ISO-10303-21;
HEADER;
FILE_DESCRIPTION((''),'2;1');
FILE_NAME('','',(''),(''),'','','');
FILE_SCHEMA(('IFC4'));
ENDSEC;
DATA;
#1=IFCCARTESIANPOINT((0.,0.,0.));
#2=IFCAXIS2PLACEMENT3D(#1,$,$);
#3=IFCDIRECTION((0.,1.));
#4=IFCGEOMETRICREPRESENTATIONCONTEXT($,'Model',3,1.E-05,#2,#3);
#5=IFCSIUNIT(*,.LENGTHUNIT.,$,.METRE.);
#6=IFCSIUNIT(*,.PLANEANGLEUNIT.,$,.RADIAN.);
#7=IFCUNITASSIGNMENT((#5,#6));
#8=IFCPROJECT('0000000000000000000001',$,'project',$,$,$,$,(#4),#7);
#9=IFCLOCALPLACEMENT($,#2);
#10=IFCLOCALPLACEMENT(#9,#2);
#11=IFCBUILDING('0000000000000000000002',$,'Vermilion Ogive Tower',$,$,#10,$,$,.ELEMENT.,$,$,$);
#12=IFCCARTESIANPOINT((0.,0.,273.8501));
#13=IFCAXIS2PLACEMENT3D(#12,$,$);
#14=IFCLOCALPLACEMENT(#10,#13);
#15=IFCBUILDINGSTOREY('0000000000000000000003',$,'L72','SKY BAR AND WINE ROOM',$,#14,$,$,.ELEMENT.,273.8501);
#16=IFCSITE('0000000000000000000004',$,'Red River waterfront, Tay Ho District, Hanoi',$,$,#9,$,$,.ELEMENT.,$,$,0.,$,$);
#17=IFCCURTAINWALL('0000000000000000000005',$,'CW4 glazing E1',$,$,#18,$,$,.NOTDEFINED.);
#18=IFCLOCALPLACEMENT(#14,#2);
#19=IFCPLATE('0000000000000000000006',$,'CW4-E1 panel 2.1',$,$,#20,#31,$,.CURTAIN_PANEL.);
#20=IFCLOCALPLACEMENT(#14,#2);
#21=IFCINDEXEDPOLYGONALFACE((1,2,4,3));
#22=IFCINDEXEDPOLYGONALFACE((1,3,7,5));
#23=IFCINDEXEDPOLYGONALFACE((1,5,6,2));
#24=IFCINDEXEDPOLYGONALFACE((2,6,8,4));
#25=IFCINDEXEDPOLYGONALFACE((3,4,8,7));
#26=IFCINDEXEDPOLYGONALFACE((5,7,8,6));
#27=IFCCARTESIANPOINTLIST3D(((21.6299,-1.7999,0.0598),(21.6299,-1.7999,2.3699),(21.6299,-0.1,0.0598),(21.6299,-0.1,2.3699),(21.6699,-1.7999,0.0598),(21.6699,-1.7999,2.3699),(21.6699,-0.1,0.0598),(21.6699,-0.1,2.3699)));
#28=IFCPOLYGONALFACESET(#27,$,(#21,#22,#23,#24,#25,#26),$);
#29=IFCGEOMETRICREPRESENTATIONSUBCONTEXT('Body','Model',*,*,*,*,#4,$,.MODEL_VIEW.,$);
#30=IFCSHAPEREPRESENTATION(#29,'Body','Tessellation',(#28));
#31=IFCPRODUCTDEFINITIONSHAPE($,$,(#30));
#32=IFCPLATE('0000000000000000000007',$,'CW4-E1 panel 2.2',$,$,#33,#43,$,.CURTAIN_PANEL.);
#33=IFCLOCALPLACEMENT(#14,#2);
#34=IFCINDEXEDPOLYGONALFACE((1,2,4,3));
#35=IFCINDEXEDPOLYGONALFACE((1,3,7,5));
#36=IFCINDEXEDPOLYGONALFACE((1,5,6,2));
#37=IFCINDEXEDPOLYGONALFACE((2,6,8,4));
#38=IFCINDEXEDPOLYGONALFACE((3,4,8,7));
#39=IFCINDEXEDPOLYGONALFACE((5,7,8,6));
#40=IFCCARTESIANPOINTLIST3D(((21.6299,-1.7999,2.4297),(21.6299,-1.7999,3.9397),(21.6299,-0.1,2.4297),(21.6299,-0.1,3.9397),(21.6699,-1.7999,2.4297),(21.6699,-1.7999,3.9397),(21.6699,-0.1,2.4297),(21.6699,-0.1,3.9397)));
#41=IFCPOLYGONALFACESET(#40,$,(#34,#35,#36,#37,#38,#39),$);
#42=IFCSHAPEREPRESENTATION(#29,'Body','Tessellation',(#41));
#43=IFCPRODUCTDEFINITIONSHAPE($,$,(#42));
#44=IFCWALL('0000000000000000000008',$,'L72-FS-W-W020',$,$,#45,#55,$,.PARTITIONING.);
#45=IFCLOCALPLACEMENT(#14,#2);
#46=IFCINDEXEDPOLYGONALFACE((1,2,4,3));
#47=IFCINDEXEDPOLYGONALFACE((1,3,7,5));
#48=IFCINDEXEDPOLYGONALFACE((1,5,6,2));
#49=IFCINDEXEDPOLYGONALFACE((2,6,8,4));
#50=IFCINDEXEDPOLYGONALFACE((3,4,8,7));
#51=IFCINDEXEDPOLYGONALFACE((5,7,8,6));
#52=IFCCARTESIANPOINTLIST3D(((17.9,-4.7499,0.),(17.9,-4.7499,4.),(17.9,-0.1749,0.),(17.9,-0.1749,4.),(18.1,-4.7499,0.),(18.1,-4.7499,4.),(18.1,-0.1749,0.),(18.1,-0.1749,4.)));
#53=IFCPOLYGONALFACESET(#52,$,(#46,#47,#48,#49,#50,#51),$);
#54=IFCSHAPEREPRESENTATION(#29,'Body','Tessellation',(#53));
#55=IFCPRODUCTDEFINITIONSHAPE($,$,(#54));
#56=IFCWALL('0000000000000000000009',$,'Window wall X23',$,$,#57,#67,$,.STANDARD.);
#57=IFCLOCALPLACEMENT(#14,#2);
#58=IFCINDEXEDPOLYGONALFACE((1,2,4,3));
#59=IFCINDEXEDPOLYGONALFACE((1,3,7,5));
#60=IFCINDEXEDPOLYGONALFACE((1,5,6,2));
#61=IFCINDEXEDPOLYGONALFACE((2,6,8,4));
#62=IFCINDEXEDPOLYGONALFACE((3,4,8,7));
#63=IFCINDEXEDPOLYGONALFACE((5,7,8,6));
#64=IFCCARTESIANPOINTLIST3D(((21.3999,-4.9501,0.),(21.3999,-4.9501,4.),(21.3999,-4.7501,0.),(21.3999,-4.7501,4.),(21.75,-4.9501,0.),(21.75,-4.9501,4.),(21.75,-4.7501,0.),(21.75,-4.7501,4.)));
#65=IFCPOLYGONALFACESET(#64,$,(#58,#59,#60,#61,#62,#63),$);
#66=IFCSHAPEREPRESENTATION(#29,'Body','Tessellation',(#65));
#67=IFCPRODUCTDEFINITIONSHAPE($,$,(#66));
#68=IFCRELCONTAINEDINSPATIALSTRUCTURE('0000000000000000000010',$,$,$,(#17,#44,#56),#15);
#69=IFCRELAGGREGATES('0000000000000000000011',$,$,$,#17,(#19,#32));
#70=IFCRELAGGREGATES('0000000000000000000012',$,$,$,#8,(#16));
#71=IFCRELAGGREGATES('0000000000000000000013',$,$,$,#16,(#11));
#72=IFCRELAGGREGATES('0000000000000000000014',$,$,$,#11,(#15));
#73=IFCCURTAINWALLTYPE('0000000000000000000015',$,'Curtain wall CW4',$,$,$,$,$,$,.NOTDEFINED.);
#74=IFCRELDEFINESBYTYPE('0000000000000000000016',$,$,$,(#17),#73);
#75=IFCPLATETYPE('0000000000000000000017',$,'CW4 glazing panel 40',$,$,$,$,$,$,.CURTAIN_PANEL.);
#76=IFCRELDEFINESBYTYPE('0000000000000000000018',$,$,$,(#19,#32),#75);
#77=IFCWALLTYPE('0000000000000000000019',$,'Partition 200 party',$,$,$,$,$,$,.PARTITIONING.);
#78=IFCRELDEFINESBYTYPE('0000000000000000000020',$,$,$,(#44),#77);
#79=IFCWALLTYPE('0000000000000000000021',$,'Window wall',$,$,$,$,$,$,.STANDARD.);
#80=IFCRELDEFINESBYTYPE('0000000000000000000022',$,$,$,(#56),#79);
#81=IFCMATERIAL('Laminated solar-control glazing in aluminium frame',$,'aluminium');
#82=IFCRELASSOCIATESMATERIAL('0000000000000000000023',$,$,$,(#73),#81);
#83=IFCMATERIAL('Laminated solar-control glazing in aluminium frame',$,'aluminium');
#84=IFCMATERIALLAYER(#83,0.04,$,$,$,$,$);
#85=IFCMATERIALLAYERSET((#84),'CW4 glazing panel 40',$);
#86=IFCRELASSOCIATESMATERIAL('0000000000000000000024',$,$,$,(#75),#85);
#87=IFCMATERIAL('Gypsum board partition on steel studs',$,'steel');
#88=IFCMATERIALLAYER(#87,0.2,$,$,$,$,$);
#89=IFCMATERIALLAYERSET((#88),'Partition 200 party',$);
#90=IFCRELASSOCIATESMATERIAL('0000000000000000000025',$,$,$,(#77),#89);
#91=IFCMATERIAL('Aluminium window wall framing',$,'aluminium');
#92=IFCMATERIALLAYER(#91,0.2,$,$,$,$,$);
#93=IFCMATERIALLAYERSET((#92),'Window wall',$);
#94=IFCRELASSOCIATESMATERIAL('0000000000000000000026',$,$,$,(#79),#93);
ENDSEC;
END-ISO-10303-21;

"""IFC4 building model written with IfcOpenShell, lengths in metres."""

from ifc_helpers import new_model, si_unit, direction, frame, frame_2d, origin, origin_2d, place, context, subcontext, project, spatial, rectangle, extrude, material, layer, layer_set, type_object, element, aggregate, save


model = new_model("IFC4")

# Units and contexts
model_context = context("Model", 3, precision=1e-05, world=origin(), true_north=direction((0.0, 1.0)))
body_context = subcontext(model_context, "Body", "Model", "MODEL_VIEW")
ifc_project = project(units=[si_unit("LENGTHUNIT", "METRE"), si_unit("PLANEANGLEUNIT", "RADIAN")], contexts=[model_context])

# Site, building, storey
site_placement = place(None, origin())
site = spatial("IfcSite", under=ifc_project, at=site_placement, Name="Red River waterfront, Tay Ho District, Hanoi", CompositionType="ELEMENT", RefElevation=0.0)
building_placement = place(site_placement, origin())
building = spatial("IfcBuilding", under=site, at=building_placement, Name="Vermilion Ogive Tower", CompositionType="ELEMENT")
storey_placement = place(building_placement, frame((0.0, 0.0, 273.8501)))
storey = spatial("IfcBuildingStorey", under=building, at=storey_placement, Name="L72", Description="SKY BAR AND WINE ROOM", CompositionType="ELEMENT", Elevation=273.8501)

# Shared definitions
ifc_material_1 = material(Name="Laminated solar-control glazing in aluminium frame", Category="aluminium")
curtain_wall_type = type_object("IfcCurtainWallType", Name="Curtain wall CW4", PredefinedType="NOTDEFINED", material=ifc_material_1)

# Curtain wall
curtain_wall_1_placement = place(storey_placement, origin())
curtain_wall_1 = element("IfcCurtainWall", 1, at=curtain_wall_1_placement, inside=storey, type_object=curtain_wall_type, Name="CW4 glazing E1", PredefinedType="NOTDEFINED")

# Plates
ifc_material_2 = material(Name="Laminated solar-control glazing in aluminium frame", Category="aluminium")
ifc_layer_1 = layer(ifc_material_2, 0.04)
ifc_layer_set_1 = layer_set([ifc_layer_1], Name="CW4 glazing panel 40")
plate_type = type_object("IfcPlateType", Name="CW4 glazing panel 40", PredefinedType="CURTAIN_PANEL", material=ifc_layer_set_1)
plate_1_placement = place(storey_placement, frame((21.6499, -0.95, 0.0598), z_axis=(0.0, 0.0, 1.0), x_axis=(0.0, 1.0, 0.0)))
plate_1 = element("IfcPlate", 2, at=plate_1_placement, type_object=plate_type, Name="CW4-E1 panel 2.1", PredefinedType="CURTAIN_PANEL", context=body_context, shape_type="SweptSolid", body=[
    extrude(rectangle(XDim=1.7, YDim=0.04, at=origin_2d()), origin(), (0.0, 0.0, 1.0), 2.3101),
])
plate_2_placement = place(storey_placement, frame((21.6499, -0.95, 2.4297), z_axis=(0.0, 0.0, 1.0), x_axis=(0.0, 1.0, 0.0)))
plate_2 = element("IfcPlate", 3, at=plate_2_placement, type_object=plate_type, Name="CW4-E1 panel 2.2", PredefinedType="CURTAIN_PANEL", context=body_context, shape_type="SweptSolid", body=[
    extrude(rectangle(XDim=1.7, YDim=0.04, at=origin_2d()), origin(), (0.0, 0.0, 1.0), 1.51),
])
aggregate(curtain_wall_1, [plate_1, plate_2])

# Walls
ifc_material_3 = material(Name="Gypsum board partition on steel studs", Category="steel")
ifc_layer_2 = layer(ifc_material_3, 0.2)
ifc_layer_set_2 = layer_set([ifc_layer_2], Name="Partition 200 party")
wall_type_1 = type_object("IfcWallType", Name="Partition 200 party", PredefinedType="PARTITIONING", material=ifc_layer_set_2)
wall_1_placement = place(storey_placement, frame((18.0, -4.75, 0.0), z_axis=(0.0, 0.0, 1.0), x_axis=(0.0, 1.0, 0.0)))
element("IfcWall", 4, at=wall_1_placement, inside=storey, type_object=wall_type_1, Name="L72-FS-W-W020", PredefinedType="PARTITIONING", context=body_context, shape_type="SweptSolid", body=[
    extrude(rectangle(XDim=4.575, YDim=0.2, at=frame_2d((2.2876, 0.0))), origin(), (0.0, 0.0, 1.0), 4.0),
])
ifc_material_4 = material(Name="Aluminium window wall framing", Category="aluminium")
ifc_layer_3 = layer(ifc_material_4, 0.2)
ifc_layer_set_3 = layer_set([ifc_layer_3], Name="Window wall")
wall_type_2 = type_object("IfcWallType", Name="Window wall", PredefinedType="STANDARD", material=ifc_layer_set_3)
wall_2_placement = place(storey_placement, frame((21.3999, -4.8501, 0.0), z_axis=(0.0, 0.0, 1.0), x_axis=(1.0, 0.0, 0.0)))
element("IfcWall", 5, at=wall_2_placement, inside=storey, type_object=wall_type_2, Name="Window wall X23", PredefinedType="STANDARD", context=body_context, shape_type="SweptSolid", body=[
    extrude(rectangle(XDim=0.3501, YDim=0.2, at=frame_2d((0.175, 0.0))), origin(), (0.0, 0.0, 1.0), 4.0),
])

save(model, "model.ifc")
